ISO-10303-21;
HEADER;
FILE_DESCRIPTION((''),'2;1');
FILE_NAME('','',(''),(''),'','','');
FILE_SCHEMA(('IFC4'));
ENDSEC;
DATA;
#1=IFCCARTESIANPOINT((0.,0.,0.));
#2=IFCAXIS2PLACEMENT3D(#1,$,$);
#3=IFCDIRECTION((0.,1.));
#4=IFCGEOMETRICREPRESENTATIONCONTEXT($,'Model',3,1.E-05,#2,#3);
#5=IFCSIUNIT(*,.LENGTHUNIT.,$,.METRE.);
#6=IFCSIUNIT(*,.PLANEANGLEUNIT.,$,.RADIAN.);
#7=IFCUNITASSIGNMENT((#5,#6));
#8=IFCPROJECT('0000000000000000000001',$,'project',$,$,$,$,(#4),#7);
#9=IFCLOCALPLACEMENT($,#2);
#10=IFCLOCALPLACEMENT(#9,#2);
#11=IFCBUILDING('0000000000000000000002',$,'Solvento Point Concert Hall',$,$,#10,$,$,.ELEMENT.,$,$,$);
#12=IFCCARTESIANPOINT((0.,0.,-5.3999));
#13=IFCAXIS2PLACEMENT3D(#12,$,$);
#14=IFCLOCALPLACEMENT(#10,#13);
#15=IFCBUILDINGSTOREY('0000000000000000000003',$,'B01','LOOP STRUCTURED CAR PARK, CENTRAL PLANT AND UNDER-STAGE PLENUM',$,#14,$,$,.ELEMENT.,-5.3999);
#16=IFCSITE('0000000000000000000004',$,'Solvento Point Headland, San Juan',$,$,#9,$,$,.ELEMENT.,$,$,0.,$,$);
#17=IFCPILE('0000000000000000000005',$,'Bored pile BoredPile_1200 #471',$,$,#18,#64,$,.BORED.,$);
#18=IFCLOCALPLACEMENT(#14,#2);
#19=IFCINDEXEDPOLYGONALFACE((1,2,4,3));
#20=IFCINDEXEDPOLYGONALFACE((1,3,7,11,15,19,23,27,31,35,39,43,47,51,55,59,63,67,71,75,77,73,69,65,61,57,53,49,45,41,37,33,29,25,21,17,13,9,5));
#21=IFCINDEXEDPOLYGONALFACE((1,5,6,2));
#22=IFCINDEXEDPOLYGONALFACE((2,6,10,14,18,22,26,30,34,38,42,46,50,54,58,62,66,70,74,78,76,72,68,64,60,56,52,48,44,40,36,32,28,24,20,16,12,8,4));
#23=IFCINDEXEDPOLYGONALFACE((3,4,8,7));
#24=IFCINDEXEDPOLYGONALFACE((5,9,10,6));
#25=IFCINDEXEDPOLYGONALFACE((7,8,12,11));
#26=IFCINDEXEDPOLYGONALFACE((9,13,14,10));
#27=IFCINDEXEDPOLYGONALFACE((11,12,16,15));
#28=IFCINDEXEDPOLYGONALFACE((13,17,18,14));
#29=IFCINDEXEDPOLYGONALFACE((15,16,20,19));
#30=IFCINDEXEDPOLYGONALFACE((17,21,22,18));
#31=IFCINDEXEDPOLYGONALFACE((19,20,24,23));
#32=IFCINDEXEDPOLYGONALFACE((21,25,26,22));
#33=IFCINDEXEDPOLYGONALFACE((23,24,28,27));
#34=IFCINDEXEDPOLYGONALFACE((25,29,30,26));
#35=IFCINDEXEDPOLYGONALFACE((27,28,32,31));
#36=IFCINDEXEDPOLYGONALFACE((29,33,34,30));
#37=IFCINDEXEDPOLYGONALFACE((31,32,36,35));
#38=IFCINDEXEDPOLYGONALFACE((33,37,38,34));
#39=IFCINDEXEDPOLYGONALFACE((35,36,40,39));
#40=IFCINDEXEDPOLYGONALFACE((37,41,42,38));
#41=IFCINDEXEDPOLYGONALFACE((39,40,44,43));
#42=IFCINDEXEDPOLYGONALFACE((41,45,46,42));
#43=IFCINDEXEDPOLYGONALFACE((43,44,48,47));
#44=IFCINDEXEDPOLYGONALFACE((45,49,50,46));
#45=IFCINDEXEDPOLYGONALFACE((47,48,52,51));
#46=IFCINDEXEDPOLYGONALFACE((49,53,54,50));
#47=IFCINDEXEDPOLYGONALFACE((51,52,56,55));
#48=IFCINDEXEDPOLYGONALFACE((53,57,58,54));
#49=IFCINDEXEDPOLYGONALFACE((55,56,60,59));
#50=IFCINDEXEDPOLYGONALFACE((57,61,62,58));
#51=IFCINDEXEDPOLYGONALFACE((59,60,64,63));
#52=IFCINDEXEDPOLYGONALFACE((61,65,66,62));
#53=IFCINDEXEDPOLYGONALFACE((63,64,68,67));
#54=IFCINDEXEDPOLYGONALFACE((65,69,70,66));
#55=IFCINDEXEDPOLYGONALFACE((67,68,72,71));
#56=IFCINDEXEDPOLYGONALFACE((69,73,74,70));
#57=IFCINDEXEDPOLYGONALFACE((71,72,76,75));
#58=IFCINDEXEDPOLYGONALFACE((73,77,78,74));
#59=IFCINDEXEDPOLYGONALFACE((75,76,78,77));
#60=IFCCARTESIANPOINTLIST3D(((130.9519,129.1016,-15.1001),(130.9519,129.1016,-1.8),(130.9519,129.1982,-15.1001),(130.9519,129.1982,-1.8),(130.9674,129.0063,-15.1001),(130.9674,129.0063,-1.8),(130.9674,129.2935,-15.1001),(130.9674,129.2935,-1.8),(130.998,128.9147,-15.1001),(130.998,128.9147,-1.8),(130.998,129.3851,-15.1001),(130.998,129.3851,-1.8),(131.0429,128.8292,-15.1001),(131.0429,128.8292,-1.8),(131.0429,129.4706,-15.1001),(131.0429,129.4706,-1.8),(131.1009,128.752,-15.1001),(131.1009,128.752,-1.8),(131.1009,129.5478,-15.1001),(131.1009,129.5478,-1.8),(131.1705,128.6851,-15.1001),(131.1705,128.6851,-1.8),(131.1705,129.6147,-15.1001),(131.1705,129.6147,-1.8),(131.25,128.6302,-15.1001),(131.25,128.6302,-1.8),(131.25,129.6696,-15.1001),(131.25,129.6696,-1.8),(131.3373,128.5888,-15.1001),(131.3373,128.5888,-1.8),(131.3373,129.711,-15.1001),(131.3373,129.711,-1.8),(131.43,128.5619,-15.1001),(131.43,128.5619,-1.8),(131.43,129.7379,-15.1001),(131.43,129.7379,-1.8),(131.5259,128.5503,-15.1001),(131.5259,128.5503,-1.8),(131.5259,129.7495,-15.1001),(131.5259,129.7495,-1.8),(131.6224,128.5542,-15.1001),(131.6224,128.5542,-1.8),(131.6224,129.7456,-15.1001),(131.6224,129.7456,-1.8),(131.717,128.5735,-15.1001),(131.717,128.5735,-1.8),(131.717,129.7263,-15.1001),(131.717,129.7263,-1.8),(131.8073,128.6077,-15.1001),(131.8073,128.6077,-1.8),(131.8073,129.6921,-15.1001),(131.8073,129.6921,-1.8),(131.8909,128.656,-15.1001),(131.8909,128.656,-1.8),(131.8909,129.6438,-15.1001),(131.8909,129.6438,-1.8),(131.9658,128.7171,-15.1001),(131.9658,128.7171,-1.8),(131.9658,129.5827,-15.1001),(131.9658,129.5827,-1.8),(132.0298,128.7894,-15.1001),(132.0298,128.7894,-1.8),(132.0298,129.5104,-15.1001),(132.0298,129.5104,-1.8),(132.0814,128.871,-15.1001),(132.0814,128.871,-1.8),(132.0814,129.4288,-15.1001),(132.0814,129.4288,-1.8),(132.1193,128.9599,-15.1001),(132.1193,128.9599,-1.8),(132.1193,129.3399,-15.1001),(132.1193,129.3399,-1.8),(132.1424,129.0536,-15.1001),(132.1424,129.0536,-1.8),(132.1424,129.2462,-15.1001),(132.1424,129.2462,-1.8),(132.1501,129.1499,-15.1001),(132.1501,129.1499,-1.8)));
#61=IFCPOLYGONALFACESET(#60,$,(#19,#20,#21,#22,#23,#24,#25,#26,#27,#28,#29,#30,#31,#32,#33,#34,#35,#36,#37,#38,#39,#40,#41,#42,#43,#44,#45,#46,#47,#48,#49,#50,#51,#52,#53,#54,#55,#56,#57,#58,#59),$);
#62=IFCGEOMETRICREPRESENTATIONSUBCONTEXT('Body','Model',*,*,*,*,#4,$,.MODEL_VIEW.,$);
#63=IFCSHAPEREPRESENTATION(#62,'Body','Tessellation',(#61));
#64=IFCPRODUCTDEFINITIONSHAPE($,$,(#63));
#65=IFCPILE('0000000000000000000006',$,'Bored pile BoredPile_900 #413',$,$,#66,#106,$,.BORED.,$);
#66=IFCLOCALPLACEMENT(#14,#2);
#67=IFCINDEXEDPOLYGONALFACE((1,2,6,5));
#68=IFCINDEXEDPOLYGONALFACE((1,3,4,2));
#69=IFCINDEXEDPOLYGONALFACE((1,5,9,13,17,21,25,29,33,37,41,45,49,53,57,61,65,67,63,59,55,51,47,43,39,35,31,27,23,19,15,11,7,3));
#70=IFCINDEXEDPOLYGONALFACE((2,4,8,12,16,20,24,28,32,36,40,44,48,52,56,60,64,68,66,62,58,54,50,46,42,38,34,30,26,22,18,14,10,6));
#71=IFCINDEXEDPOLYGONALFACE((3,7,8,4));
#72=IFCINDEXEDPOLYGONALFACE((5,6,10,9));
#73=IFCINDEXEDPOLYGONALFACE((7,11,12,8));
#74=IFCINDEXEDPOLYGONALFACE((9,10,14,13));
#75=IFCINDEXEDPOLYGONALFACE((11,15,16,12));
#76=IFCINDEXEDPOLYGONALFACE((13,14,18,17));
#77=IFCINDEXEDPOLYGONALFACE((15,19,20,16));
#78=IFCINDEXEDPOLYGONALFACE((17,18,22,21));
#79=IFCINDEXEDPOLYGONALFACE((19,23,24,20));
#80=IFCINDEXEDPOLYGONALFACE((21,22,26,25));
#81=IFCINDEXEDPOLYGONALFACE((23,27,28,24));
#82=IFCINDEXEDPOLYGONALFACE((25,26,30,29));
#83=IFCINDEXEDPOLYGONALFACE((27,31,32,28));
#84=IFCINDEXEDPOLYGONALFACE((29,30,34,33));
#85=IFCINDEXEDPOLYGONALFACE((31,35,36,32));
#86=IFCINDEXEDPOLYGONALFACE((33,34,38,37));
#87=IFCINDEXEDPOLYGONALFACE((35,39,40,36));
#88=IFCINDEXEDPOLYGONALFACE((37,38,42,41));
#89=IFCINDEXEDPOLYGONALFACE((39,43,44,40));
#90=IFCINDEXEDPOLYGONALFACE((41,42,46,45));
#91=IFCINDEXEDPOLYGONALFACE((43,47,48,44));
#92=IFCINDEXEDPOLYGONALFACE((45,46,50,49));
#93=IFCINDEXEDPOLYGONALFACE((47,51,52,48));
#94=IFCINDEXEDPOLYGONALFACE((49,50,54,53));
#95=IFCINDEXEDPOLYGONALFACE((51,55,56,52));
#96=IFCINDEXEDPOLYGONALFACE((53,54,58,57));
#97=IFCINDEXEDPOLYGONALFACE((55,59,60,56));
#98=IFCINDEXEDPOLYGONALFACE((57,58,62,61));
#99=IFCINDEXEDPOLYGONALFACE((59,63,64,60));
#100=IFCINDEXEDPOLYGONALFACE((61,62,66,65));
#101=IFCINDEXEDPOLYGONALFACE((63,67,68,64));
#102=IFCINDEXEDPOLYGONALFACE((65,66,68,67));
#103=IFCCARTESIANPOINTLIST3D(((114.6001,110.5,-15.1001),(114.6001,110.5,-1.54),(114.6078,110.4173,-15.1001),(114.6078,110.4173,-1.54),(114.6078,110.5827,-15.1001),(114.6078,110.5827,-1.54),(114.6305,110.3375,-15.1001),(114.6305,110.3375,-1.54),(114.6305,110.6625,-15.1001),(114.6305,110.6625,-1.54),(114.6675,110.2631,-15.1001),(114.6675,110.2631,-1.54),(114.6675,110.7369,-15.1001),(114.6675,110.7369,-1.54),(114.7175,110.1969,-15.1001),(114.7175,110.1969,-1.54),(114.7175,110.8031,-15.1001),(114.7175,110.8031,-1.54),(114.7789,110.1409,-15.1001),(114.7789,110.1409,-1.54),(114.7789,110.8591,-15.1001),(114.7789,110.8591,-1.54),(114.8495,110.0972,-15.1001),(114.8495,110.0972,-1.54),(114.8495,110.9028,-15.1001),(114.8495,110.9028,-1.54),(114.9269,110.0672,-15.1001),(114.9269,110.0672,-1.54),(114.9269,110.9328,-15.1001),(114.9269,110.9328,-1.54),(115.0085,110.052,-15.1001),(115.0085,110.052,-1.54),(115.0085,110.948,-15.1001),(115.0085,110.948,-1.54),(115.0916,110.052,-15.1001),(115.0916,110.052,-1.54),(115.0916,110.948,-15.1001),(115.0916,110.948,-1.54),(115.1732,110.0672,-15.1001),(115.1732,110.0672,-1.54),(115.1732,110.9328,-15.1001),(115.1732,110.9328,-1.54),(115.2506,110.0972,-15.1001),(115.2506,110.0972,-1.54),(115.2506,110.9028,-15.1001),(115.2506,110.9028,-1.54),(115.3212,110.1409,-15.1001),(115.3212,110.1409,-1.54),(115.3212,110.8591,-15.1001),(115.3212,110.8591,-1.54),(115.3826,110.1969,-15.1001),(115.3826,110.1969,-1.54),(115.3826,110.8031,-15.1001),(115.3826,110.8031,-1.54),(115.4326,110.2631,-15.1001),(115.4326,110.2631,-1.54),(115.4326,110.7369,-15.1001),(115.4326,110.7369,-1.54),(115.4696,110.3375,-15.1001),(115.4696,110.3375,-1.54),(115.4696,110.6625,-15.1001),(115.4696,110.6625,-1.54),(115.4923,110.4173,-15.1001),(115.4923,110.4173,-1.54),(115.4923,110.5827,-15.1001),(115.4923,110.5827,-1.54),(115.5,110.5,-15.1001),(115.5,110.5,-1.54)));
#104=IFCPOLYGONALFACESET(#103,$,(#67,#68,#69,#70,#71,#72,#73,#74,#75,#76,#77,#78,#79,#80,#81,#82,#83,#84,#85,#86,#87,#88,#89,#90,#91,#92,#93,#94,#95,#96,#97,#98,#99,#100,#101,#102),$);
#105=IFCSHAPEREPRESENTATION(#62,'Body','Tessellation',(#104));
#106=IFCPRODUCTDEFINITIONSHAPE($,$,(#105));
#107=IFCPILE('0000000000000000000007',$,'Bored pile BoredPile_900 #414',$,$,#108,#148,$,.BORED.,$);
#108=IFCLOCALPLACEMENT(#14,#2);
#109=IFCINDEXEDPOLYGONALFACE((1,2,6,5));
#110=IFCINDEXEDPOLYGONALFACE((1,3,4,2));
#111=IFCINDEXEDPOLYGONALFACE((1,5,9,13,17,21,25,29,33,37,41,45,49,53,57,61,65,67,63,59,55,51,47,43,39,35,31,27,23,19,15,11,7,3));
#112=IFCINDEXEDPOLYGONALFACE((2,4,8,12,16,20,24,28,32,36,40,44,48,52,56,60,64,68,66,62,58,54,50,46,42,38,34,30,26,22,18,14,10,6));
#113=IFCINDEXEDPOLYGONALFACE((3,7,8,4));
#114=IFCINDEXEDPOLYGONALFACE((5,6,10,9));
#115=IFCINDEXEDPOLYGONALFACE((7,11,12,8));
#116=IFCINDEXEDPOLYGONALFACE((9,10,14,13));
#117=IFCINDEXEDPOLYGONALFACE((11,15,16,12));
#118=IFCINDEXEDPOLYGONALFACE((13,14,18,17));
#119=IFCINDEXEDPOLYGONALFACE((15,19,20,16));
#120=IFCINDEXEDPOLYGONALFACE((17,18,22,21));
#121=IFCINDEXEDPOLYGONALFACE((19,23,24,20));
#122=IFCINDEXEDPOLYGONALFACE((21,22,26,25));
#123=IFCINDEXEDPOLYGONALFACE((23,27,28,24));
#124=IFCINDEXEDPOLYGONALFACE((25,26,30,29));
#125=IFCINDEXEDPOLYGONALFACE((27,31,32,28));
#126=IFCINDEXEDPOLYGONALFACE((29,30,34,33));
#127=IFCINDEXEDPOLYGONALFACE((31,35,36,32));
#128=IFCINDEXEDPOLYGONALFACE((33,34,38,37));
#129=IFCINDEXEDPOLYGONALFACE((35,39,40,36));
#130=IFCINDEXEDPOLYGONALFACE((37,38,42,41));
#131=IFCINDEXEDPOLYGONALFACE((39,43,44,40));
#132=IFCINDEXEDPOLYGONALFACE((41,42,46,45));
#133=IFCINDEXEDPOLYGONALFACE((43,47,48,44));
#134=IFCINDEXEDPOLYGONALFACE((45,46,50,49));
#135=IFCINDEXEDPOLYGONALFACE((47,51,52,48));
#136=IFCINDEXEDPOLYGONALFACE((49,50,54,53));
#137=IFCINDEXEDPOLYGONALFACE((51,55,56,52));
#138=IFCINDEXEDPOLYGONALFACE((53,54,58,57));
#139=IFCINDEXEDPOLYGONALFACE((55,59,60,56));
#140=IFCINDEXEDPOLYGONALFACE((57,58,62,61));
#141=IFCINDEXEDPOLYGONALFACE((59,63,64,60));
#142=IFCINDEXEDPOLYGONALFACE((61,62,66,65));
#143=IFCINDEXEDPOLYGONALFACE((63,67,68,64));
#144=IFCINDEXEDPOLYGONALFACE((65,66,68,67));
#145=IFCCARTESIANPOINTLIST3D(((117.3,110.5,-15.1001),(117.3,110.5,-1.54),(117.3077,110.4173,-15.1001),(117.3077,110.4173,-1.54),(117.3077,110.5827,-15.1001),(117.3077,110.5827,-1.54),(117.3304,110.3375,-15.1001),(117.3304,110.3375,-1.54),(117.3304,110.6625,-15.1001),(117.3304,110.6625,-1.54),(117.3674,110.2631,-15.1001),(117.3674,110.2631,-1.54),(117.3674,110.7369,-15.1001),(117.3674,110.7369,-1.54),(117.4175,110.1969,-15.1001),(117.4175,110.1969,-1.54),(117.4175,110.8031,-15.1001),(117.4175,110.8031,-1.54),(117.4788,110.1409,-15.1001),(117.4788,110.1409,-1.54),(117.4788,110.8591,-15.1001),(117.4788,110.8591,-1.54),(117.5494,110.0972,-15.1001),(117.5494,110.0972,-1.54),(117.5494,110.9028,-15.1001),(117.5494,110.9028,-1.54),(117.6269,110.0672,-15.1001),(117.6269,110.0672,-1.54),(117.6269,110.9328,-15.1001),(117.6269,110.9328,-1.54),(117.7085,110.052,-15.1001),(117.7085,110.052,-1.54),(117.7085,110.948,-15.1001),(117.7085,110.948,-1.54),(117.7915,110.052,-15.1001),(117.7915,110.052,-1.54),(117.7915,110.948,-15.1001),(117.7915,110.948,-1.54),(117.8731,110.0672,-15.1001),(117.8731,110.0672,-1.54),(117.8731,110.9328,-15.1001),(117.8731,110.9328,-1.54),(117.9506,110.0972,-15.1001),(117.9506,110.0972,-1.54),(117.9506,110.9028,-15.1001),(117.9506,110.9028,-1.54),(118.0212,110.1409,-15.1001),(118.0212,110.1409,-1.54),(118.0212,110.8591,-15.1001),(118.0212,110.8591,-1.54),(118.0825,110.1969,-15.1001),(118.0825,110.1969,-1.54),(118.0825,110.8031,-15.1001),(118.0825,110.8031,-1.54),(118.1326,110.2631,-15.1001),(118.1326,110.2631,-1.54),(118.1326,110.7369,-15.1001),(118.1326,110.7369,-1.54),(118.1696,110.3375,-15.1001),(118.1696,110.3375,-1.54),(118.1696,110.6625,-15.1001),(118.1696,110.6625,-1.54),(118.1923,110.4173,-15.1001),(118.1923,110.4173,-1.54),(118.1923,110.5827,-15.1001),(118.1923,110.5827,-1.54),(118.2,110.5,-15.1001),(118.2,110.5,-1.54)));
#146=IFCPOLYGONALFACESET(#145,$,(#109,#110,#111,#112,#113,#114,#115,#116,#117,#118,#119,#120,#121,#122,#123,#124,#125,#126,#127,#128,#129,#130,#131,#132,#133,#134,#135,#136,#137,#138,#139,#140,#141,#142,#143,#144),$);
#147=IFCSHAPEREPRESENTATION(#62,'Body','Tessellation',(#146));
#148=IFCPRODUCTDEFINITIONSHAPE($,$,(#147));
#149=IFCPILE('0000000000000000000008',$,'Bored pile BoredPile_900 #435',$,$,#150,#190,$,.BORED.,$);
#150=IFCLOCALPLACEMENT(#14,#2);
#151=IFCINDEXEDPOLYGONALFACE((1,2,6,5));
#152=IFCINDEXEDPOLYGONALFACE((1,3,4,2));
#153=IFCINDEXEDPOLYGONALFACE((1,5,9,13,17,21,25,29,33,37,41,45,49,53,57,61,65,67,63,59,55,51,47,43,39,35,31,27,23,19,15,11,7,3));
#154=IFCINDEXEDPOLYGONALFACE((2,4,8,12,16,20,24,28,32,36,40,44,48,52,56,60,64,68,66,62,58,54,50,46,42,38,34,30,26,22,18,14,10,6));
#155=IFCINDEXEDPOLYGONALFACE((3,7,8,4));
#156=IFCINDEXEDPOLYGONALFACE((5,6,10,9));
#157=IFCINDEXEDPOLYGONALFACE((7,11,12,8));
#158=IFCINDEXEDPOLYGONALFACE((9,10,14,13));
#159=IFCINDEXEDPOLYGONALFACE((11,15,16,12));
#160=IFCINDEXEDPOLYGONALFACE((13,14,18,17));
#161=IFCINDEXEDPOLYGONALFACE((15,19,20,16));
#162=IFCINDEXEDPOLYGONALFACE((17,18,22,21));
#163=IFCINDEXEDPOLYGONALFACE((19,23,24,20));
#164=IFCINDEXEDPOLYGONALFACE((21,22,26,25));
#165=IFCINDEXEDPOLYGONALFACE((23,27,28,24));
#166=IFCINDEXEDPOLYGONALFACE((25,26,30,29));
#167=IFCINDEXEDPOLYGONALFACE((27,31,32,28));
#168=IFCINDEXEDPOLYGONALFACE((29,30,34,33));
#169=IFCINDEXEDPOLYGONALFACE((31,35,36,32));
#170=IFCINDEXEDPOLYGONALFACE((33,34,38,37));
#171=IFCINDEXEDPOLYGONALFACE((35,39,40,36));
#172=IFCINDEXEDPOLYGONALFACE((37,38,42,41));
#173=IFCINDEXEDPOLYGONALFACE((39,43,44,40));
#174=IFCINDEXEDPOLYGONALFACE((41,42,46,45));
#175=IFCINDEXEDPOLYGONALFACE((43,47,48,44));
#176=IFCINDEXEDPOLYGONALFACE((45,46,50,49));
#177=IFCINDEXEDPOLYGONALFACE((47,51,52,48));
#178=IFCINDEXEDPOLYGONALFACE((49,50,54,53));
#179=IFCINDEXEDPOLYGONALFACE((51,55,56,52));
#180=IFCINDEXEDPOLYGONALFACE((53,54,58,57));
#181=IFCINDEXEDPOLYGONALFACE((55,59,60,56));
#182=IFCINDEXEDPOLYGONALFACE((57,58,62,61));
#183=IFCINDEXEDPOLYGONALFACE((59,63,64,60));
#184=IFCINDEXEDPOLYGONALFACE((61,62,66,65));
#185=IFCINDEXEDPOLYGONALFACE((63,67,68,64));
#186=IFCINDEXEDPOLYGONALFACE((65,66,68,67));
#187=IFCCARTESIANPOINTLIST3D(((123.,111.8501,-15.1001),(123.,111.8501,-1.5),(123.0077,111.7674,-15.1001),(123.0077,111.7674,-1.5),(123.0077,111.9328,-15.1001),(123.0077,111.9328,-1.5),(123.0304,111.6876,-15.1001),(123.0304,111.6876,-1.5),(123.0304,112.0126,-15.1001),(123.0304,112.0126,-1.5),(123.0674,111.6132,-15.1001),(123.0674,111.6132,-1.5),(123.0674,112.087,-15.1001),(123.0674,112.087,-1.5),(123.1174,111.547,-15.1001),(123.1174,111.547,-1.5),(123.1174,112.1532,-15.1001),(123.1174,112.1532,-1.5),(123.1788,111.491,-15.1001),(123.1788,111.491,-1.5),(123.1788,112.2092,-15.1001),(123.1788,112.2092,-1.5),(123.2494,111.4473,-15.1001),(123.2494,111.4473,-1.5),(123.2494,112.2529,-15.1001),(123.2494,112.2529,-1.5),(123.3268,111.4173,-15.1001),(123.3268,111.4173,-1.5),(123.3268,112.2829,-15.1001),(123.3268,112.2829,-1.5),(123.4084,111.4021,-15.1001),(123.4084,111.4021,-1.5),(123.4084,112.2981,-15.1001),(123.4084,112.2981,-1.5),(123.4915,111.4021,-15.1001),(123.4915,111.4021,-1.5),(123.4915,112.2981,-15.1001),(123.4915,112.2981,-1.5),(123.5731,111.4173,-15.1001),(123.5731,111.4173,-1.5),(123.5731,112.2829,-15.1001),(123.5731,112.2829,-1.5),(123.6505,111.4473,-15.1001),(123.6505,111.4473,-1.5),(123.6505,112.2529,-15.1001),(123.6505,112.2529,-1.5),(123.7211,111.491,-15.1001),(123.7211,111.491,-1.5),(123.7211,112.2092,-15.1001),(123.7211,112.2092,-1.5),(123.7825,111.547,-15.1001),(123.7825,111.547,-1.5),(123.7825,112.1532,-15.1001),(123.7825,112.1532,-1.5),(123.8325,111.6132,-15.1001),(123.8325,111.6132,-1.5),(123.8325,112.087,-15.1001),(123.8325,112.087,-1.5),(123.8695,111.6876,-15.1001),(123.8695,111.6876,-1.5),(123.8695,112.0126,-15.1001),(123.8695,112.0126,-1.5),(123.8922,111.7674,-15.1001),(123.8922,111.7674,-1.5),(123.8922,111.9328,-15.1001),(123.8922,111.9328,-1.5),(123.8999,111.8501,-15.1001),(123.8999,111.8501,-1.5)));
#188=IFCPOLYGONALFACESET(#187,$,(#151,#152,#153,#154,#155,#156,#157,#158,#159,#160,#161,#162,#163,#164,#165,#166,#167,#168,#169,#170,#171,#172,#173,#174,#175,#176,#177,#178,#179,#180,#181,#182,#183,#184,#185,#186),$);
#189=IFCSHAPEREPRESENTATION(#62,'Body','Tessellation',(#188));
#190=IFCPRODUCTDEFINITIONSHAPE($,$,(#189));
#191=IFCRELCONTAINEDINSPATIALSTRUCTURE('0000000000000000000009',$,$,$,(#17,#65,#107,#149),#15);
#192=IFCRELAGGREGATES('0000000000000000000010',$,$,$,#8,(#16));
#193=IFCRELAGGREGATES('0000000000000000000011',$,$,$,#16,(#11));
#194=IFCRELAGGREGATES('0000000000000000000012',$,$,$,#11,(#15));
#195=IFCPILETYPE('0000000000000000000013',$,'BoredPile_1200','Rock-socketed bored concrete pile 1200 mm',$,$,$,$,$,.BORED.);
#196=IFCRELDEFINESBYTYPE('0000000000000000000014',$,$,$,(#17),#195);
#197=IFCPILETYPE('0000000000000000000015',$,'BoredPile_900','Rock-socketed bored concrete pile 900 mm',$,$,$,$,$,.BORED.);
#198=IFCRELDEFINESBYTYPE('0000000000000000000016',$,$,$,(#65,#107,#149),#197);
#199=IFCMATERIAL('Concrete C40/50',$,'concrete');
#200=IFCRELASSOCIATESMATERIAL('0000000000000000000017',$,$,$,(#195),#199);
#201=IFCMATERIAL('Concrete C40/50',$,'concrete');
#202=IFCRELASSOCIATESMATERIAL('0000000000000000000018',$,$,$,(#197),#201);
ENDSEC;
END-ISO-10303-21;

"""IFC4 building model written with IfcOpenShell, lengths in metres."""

from ifc_helpers import new_model, si_unit, direction, frame, origin, origin_2d, place, context, subcontext, project, spatial, circle, extrude, material, material_profile, profile_set, type_object, element, save


model = new_model("IFC4")

# Units and contexts
model_context = context("Model", 3, precision=1e-05, world=origin(), true_north=direction((0.0, 1.0)))
body_context = subcontext(model_context, "Body", "Model", "MODEL_VIEW")
ifc_project = project(units=[si_unit("LENGTHUNIT", "METRE"), si_unit("PLANEANGLEUNIT", "RADIAN")], contexts=[model_context])

# Site, building, storey
site_placement = place(None, origin())
site = spatial("IfcSite", under=ifc_project, at=site_placement, Name="Solvento Point Headland, San Juan", CompositionType="ELEMENT", RefElevation=0.0)
building_placement = place(site_placement, origin())
building = spatial("IfcBuilding", under=site, at=building_placement, Name="Solvento Point Concert Hall", CompositionType="ELEMENT")
storey_placement = place(building_placement, frame((0.0, 0.0, -5.3999)))
storey = spatial("IfcBuildingStorey", under=building, at=storey_placement, Name="B01", Description="LOOP STRUCTURED CAR PARK, CENTRAL PLANT AND UNDER-STAGE PLENUM", CompositionType="ELEMENT", Elevation=-5.3999)

# Piles
ifc_material_1 = material(Name="Concrete C40/50", Category="concrete")
ifc_material_profile_1 = material_profile(ifc_material_1, circle(Radius=0.6001, at=origin_2d()), Name="BP-1200")
ifc_profile_set_1 = profile_set([ifc_material_profile_1], Name="Concrete C40/50")
pile_type_1 = type_object("IfcPileType", Name="BoredPile_1200", Description="Rock-socketed bored concrete pile 1200 mm", PredefinedType="BORED", material=ifc_profile_set_1)
for number, where, z_axis, x_axis, name in (
    (1, (131.55, 129.1499, -1.8), (0.0, 0.0, -1.0), (1.0, 0.0, 0.0), "Bored pile BoredPile_1200 #471"),
):
    element("IfcPile", number, at=place(storey_placement, frame(where, z_axis=z_axis, x_axis=x_axis)), inside=storey, type_object=pile_type_1, Name=name, PredefinedType="BORED", context=body_context, shape_type="SweptSolid", body=[
        extrude(circle(Radius=0.6001, at=origin_2d()), origin(), (0.0, 0.0, 1.0), 13.3),
    ])
ifc_material_2 = material(Name="Concrete C40/50", Category="concrete")
ifc_material_profile_2 = material_profile(ifc_material_2, circle(Radius=0.45, at=origin_2d()), Name="BP-900")
ifc_profile_set_2 = profile_set([ifc_material_profile_2], Name="Concrete C40/50")
pile_type_2 = type_object("IfcPileType", Name="BoredPile_900", Description="Rock-socketed bored concrete pile 900 mm", PredefinedType="BORED", material=ifc_profile_set_2)
for number, where, z_axis, x_axis, name in (
    (2, (115.05, 110.5, -1.54), (0.0, 0.0, -1.0), (1.0, 0.0, 0.0), "Bored pile BoredPile_900 #413"),
    (3, (117.75, 110.5, -1.54), (0.0, 0.0, -1.0), (1.0, 0.0, 0.0), "Bored pile BoredPile_900 #414"),
):
    element("IfcPile", number, at=place(storey_placement, frame(where, z_axis=z_axis, x_axis=x_axis)), inside=storey, type_object=pile_type_2, Name=name, PredefinedType="BORED", context=body_context, shape_type="SweptSolid", body=[
        extrude(circle(Radius=0.45, at=origin_2d()), origin(), (0.0, 0.0, 1.0), 13.5601),
    ])
for number, where, z_axis, x_axis, name in (
    (4, (123.45, 111.8501, -1.5), (0.0, 0.0, -1.0), (1.0, 0.0, 0.0), "Bored pile BoredPile_900 #435"),
):
    element("IfcPile", number, at=place(storey_placement, frame(where, z_axis=z_axis, x_axis=x_axis)), inside=storey, type_object=pile_type_2, Name=name, PredefinedType="BORED", context=body_context, shape_type="SweptSolid", body=[
        extrude(circle(Radius=0.45, at=origin_2d()), origin(), (0.0, 0.0, 1.0), 13.6001),
    ])

save(model, "model.ifc")
